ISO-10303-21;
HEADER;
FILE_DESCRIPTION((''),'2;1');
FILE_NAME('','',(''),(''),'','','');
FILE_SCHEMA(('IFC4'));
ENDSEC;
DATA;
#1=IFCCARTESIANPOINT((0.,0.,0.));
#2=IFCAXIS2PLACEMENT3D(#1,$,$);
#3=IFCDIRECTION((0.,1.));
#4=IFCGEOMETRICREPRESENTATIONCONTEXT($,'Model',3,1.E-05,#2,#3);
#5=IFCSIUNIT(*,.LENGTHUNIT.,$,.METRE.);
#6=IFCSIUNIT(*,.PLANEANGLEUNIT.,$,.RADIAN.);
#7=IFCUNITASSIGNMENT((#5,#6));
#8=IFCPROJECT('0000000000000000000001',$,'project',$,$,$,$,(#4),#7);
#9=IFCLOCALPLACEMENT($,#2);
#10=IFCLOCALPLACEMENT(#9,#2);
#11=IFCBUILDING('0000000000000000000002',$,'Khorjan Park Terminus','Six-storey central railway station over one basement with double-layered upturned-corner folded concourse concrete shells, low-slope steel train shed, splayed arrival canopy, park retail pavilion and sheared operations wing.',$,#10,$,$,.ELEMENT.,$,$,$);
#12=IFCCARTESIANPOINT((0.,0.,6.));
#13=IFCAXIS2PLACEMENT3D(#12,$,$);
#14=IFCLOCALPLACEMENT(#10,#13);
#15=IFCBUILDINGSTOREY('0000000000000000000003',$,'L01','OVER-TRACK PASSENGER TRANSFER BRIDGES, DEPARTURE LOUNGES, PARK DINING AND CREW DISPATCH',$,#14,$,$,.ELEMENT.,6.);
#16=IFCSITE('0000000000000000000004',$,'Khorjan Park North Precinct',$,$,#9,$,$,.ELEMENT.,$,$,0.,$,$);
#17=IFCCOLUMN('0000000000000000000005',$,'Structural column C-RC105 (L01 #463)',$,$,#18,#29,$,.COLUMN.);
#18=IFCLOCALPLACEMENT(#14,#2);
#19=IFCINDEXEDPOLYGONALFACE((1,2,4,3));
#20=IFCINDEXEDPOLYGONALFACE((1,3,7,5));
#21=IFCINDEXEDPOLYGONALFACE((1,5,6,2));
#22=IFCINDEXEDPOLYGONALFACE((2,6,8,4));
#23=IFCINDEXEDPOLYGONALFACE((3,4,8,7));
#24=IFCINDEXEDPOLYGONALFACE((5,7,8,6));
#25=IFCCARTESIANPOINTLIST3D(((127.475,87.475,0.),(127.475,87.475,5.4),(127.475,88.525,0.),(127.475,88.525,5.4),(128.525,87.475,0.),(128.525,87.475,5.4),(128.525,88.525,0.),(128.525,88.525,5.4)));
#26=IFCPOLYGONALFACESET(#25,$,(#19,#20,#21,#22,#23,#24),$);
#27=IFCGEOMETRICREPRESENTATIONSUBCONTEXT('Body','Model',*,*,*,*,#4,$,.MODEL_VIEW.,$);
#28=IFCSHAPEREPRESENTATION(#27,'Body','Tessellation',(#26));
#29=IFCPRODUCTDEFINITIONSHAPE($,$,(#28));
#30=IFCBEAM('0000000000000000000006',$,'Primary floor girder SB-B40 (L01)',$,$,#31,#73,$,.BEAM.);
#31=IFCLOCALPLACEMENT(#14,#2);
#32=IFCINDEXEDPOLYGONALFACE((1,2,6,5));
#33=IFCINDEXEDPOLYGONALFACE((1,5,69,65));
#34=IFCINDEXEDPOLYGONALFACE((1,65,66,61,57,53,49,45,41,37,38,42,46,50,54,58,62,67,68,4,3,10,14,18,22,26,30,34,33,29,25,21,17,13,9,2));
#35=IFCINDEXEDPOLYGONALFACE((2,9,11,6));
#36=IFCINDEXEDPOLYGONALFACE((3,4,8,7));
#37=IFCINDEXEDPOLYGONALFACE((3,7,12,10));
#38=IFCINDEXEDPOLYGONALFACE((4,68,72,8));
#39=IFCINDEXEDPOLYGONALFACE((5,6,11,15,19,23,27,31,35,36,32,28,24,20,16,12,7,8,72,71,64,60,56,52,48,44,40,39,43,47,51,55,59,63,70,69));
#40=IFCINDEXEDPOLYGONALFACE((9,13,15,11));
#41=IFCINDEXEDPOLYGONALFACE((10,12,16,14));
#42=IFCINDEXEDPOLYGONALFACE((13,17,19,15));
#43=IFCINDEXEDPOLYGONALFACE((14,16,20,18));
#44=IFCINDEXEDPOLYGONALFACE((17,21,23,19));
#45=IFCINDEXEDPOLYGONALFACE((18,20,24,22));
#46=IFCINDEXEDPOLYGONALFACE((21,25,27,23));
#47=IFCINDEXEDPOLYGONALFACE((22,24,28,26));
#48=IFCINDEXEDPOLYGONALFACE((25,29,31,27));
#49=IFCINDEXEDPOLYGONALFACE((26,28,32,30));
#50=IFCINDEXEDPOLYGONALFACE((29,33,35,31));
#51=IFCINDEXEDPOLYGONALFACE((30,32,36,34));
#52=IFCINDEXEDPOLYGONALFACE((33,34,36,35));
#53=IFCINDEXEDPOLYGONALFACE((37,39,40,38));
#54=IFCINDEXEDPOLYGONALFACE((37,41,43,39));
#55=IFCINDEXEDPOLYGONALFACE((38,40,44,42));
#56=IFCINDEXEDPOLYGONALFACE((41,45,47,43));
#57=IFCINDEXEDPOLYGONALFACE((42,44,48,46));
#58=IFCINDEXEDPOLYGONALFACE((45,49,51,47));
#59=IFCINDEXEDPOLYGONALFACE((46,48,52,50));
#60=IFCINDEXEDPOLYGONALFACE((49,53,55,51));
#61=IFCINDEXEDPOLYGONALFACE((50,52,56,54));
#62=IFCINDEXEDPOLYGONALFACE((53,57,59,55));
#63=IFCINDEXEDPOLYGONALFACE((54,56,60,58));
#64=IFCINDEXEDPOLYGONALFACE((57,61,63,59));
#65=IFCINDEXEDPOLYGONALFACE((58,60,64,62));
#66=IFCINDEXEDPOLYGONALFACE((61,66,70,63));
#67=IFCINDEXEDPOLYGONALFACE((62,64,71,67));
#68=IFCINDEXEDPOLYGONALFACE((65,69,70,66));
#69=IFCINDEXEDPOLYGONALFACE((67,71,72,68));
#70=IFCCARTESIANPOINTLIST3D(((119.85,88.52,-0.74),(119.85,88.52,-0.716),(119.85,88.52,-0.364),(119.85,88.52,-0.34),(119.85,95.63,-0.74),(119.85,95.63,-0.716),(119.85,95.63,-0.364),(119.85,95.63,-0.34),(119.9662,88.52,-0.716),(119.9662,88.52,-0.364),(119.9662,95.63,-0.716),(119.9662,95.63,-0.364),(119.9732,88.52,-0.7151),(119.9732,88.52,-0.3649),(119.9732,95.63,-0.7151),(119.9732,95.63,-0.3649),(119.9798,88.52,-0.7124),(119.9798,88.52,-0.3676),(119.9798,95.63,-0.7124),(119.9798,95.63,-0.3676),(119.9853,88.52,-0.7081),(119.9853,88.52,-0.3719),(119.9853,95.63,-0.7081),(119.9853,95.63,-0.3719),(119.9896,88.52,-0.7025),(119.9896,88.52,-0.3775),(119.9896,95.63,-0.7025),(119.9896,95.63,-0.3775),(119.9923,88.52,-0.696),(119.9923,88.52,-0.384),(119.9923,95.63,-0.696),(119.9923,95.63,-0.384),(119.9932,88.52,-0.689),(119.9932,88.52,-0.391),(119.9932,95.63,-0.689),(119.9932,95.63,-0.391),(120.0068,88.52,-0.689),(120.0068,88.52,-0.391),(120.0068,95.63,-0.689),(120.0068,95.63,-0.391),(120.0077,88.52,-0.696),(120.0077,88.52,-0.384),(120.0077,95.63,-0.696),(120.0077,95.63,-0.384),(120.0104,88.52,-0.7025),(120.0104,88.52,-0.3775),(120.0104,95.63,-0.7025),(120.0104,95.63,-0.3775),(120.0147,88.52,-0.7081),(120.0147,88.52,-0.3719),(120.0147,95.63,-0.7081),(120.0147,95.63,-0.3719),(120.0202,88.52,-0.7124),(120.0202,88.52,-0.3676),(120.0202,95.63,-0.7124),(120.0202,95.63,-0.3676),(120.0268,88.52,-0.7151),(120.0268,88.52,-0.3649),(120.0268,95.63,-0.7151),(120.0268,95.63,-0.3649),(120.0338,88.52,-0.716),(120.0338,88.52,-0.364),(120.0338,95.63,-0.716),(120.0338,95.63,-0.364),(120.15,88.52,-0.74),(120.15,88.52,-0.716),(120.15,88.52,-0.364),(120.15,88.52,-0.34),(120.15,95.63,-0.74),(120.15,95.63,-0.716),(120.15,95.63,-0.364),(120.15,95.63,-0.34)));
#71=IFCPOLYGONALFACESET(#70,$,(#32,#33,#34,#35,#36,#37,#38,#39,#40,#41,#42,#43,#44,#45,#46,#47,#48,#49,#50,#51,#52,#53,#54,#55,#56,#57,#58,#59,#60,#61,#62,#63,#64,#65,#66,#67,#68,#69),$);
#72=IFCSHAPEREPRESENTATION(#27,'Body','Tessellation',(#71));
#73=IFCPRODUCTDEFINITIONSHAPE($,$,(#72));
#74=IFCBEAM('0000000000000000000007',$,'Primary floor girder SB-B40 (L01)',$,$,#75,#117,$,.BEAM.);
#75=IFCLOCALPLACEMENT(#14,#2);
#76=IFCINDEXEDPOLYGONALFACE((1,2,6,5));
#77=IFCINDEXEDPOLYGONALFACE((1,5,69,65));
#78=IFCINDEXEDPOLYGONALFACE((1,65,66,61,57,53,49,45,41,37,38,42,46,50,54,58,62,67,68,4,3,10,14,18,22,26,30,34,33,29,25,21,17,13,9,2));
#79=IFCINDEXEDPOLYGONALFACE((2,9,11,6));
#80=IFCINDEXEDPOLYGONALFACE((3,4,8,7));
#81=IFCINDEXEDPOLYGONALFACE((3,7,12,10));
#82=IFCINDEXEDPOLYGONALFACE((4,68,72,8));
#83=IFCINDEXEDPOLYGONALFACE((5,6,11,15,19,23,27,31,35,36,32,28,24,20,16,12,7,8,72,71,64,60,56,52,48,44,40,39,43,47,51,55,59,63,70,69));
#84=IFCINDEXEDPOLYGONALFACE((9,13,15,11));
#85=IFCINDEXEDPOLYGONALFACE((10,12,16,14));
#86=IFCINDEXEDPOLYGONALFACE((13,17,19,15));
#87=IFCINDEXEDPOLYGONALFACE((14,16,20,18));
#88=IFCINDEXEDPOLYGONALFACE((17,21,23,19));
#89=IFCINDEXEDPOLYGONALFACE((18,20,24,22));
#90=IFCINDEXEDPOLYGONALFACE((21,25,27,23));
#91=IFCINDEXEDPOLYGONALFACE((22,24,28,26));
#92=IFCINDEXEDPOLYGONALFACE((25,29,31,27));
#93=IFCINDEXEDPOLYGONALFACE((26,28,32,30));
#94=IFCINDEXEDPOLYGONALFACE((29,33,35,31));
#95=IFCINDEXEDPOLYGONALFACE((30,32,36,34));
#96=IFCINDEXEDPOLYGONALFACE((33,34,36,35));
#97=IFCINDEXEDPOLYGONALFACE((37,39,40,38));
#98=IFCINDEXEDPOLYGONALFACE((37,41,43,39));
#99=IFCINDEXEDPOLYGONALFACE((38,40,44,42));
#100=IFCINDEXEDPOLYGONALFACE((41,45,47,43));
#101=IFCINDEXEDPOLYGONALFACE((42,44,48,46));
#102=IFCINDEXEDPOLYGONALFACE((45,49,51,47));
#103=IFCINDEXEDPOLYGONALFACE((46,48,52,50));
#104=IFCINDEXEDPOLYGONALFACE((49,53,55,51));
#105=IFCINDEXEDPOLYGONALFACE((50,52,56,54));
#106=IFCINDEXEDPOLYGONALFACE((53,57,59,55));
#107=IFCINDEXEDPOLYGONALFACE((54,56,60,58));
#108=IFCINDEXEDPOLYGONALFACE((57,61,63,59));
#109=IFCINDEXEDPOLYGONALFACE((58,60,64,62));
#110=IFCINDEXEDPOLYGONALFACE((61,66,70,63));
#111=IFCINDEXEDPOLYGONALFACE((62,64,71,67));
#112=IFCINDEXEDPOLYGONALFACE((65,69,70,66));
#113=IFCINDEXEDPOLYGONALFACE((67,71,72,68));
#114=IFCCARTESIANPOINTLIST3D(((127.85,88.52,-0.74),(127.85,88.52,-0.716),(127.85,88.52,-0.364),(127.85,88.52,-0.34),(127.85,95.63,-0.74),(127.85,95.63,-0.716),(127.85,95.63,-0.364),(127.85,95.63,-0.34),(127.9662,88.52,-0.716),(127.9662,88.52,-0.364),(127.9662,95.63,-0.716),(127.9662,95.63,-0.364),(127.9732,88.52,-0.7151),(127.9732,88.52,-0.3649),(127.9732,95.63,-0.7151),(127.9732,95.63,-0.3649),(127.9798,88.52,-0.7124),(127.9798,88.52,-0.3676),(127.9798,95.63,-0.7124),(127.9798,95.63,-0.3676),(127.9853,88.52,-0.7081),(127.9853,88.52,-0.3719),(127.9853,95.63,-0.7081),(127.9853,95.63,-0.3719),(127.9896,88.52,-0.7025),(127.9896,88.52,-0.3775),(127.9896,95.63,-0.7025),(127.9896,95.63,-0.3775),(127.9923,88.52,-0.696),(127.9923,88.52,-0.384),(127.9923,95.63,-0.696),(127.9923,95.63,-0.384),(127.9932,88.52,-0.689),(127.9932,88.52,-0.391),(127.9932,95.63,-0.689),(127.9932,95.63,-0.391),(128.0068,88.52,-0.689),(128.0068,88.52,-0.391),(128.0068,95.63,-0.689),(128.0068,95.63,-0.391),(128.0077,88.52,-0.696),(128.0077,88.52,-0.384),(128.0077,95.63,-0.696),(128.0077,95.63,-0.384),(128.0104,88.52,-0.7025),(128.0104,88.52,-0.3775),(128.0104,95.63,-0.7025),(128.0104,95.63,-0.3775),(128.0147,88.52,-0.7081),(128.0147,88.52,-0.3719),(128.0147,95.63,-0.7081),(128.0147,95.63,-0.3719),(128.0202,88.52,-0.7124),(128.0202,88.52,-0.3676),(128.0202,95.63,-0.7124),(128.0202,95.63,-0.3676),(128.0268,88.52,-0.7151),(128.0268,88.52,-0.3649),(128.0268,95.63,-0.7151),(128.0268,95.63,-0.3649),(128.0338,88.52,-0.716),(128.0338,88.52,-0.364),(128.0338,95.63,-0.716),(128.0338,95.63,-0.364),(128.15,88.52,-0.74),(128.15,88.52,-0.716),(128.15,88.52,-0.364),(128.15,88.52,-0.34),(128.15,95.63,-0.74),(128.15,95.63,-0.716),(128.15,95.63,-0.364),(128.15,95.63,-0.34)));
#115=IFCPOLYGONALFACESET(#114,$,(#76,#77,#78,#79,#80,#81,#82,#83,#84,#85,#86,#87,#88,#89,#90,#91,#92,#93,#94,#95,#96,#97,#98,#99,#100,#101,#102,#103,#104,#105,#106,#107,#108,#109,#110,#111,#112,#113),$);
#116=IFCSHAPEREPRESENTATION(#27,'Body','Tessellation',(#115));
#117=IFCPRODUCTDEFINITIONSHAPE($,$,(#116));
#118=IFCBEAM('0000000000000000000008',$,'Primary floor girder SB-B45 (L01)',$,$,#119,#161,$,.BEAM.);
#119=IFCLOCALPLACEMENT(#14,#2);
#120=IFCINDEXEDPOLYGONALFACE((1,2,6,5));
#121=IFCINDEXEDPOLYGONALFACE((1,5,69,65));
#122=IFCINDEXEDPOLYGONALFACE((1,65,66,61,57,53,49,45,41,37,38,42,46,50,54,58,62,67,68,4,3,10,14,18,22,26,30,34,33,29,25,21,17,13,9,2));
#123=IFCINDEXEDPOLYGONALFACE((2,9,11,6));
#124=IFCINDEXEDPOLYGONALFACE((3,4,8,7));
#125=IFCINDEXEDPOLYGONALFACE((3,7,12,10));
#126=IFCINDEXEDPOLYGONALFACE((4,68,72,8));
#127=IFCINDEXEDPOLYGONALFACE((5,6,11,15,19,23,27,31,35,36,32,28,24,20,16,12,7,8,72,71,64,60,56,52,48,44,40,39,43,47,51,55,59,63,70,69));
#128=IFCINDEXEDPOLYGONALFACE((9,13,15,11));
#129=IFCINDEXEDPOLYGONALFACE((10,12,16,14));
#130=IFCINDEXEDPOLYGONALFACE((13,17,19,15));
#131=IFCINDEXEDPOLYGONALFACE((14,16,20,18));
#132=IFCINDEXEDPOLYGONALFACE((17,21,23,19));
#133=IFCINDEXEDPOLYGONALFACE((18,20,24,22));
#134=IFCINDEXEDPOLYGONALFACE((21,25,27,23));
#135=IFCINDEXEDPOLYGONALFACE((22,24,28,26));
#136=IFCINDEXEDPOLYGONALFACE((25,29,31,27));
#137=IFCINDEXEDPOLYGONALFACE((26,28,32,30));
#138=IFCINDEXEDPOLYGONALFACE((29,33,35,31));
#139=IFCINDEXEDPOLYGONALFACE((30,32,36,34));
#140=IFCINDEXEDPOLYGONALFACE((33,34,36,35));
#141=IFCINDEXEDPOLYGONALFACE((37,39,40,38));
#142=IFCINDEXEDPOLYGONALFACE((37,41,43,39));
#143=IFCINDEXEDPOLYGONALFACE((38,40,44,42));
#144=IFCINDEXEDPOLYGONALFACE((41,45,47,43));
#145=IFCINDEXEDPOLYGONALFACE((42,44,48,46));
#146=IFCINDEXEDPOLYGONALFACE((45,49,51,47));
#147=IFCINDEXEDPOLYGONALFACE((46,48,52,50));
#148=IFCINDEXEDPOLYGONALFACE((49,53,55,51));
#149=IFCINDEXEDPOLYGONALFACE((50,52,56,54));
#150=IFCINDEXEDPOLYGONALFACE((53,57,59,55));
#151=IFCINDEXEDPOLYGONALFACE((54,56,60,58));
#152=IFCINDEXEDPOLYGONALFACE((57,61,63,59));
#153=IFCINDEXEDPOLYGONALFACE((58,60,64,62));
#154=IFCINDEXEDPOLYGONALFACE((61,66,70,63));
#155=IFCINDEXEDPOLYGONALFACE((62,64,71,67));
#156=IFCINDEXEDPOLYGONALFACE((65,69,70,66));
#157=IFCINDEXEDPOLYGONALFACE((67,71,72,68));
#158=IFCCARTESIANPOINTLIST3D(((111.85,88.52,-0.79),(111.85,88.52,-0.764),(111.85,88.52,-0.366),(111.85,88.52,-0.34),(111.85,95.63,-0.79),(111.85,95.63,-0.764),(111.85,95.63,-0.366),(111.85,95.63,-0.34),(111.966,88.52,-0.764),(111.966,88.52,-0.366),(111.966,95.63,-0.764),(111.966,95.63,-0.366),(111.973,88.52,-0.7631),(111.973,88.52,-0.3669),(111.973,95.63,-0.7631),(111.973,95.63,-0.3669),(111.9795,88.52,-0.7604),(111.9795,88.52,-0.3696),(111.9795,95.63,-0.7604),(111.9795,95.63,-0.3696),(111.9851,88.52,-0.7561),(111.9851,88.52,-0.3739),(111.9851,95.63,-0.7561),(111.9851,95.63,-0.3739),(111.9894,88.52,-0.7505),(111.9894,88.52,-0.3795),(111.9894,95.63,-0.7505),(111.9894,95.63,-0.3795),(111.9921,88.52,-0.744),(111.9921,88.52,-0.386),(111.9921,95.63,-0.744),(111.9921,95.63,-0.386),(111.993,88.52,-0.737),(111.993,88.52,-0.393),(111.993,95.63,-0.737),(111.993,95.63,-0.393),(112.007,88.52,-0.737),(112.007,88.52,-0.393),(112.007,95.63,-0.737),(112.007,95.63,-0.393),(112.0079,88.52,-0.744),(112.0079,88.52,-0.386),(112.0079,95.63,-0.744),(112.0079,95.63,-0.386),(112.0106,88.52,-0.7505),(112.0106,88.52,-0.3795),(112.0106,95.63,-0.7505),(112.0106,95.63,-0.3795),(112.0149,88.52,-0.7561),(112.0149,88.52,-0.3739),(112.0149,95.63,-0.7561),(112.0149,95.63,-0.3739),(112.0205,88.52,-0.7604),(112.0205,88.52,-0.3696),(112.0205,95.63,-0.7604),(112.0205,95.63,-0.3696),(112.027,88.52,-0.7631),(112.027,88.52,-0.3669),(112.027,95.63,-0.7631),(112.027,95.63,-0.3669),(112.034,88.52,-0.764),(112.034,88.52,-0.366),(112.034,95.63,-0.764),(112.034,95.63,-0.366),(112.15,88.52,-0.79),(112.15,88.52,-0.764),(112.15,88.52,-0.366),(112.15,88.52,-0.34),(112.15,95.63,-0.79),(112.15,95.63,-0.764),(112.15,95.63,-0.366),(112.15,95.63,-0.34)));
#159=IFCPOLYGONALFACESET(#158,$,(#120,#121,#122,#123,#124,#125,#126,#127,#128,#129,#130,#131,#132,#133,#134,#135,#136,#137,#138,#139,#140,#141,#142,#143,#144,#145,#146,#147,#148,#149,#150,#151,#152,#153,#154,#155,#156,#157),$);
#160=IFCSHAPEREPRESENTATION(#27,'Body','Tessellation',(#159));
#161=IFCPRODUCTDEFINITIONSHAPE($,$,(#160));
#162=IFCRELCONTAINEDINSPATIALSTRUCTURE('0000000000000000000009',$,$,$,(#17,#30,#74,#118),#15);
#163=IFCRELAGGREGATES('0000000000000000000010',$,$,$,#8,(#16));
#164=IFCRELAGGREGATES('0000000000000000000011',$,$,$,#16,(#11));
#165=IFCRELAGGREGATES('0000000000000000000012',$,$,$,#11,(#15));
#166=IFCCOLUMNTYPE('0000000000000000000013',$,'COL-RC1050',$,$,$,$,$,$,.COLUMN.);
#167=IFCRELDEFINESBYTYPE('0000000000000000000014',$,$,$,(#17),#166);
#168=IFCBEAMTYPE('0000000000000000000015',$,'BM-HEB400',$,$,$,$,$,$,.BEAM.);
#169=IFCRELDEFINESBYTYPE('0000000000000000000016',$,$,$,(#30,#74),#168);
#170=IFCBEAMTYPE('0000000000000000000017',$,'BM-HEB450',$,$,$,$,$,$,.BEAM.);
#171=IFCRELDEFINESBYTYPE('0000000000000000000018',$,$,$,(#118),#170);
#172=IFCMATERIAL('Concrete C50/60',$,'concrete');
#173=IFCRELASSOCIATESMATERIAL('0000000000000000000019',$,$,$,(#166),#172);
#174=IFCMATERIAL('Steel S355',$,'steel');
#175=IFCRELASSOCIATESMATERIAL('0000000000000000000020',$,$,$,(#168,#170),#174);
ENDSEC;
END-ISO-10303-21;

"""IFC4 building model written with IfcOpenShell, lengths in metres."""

from ifc_helpers import new_model, si_unit, direction, frame, origin, origin_2d, place, context, subcontext, project, spatial, rectangle, i_section, extrude, material, material_profile, profile_set, type_object, element, save


model = new_model("IFC4")

# Units and contexts
model_context = context("Model", 3, precision=1e-05, world=origin(), true_north=direction((0.0, 1.0)))
body_context = subcontext(model_context, "Body", "Model", "MODEL_VIEW")
ifc_project = project(units=[si_unit("LENGTHUNIT", "METRE"), si_unit("PLANEANGLEUNIT", "RADIAN")], contexts=[model_context])

# Site, building, storey
site_placement = place(None, origin())
site = spatial("IfcSite", under=ifc_project, at=site_placement, Name="Khorjan Park North Precinct", CompositionType="ELEMENT", RefElevation=0.0)
building_placement = place(site_placement, origin())
building = spatial("IfcBuilding", under=site, at=building_placement, Name="Khorjan Park Terminus", Description="Six-storey central railway station over one basement with double-layered upturned-corner folded concourse concrete shells, low-slope steel train shed, splayed arrival canopy, park retail pavilion and sheared operations wing.", CompositionType="ELEMENT")
storey_placement = place(building_placement, frame((0.0, 0.0, 6.0)))
storey = spatial("IfcBuildingStorey", under=building, at=storey_placement, Name="L01", Description="OVER-TRACK PASSENGER TRANSFER BRIDGES, DEPARTURE LOUNGES, PARK DINING AND CREW DISPATCH", CompositionType="ELEMENT", Elevation=6.0)

# Column
ifc_material_1 = material(Name="Concrete C50/60", Category="concrete")
ifc_material_profile_1 = material_profile(ifc_material_1, rectangle(XDim=1.05, YDim=1.05, at=origin_2d()), Name="RC 1050x1050")
ifc_profile_set_1 = profile_set([ifc_material_profile_1], Name="Concrete C50/60")
column_type = type_object("IfcColumnType", Name="COL-RC1050", PredefinedType="COLUMN", material=ifc_profile_set_1)
column_placement = place(storey_placement, frame((128.0, 88.0, 0.0), z_axis=(0.0, 0.0, 1.0), x_axis=(1.0, 0.0, 0.0)))
element("IfcColumn", 1, at=column_placement, inside=storey, type_object=column_type, Name="Structural column C-RC105 (L01 #463)", PredefinedType="COLUMN", context=body_context, shape_type="SweptSolid", body=[
    extrude(rectangle(XDim=1.05, YDim=1.05, at=origin_2d()), origin(), (0.0, 0.0, 1.0), 5.4),
])

# Beams
ifc_material_2 = material(Name="Steel S355", Category="steel")
ifc_material_profile_2 = material_profile(ifc_material_2, i_section(OverallWidth=0.3, OverallDepth=0.4, WebThickness=0.0135, FlangeThickness=0.024, FilletRadius=0.027, at=origin_2d()), Name="HEB 400")
ifc_profile_set_2 = profile_set([ifc_material_profile_2], Name="Steel S355")
beam_type_1 = type_object("IfcBeamType", Name="BM-HEB400", PredefinedType="BEAM", material=ifc_profile_set_2)
for number, where, z_axis, x_axis, name in (
    (2, (120.0, 88.52, -0.54), (0.0, 1.0, 0.0), (-1.0, 0.0, 0.0), "Primary floor girder SB-B40 (L01)"),
    (3, (128.0, 88.52, -0.54), (0.0, 1.0, 0.0), (-1.0, 0.0, 0.0), "Primary floor girder SB-B40 (L01)"),
):
    element("IfcBeam", number, at=place(storey_placement, frame(where, z_axis=z_axis, x_axis=x_axis)), inside=storey, type_object=beam_type_1, Name=name, PredefinedType="BEAM", context=body_context, shape_type="SweptSolid", body=[
        extrude(i_section(OverallWidth=0.3, OverallDepth=0.4, WebThickness=0.0135, FlangeThickness=0.024, FilletRadius=0.027, at=origin_2d()), origin(), (0.0, 0.0, 1.0), 7.11),
    ])
ifc_material_profile_3 = material_profile(ifc_material_2, i_section(OverallWidth=0.3, OverallDepth=0.45, WebThickness=0.014, FlangeThickness=0.026, FilletRadius=0.027, at=origin_2d()), Name="HEB 450")
ifc_profile_set_3 = profile_set([ifc_material_profile_3], Name="Steel S355")
beam_type_2 = type_object("IfcBeamType", Name="BM-HEB450", PredefinedType="BEAM", material=ifc_profile_set_3)
beam_1_placement = place(storey_placement, frame((112.0, 88.52, -0.565), z_axis=(0.0, 1.0, 0.0), x_axis=(-1.0, 0.0, 0.0)))
element("IfcBeam", 4, at=beam_1_placement, inside=storey, type_object=beam_type_2, Name="Primary floor girder SB-B45 (L01)", PredefinedType="BEAM", context=body_context, shape_type="SweptSolid", body=[
    extrude(i_section(OverallWidth=0.3, OverallDepth=0.45, WebThickness=0.014, FlangeThickness=0.026, FilletRadius=0.027, at=origin_2d()), origin(), (0.0, 0.0, 1.0), 7.11),
])

save(model, "model.ifc")
